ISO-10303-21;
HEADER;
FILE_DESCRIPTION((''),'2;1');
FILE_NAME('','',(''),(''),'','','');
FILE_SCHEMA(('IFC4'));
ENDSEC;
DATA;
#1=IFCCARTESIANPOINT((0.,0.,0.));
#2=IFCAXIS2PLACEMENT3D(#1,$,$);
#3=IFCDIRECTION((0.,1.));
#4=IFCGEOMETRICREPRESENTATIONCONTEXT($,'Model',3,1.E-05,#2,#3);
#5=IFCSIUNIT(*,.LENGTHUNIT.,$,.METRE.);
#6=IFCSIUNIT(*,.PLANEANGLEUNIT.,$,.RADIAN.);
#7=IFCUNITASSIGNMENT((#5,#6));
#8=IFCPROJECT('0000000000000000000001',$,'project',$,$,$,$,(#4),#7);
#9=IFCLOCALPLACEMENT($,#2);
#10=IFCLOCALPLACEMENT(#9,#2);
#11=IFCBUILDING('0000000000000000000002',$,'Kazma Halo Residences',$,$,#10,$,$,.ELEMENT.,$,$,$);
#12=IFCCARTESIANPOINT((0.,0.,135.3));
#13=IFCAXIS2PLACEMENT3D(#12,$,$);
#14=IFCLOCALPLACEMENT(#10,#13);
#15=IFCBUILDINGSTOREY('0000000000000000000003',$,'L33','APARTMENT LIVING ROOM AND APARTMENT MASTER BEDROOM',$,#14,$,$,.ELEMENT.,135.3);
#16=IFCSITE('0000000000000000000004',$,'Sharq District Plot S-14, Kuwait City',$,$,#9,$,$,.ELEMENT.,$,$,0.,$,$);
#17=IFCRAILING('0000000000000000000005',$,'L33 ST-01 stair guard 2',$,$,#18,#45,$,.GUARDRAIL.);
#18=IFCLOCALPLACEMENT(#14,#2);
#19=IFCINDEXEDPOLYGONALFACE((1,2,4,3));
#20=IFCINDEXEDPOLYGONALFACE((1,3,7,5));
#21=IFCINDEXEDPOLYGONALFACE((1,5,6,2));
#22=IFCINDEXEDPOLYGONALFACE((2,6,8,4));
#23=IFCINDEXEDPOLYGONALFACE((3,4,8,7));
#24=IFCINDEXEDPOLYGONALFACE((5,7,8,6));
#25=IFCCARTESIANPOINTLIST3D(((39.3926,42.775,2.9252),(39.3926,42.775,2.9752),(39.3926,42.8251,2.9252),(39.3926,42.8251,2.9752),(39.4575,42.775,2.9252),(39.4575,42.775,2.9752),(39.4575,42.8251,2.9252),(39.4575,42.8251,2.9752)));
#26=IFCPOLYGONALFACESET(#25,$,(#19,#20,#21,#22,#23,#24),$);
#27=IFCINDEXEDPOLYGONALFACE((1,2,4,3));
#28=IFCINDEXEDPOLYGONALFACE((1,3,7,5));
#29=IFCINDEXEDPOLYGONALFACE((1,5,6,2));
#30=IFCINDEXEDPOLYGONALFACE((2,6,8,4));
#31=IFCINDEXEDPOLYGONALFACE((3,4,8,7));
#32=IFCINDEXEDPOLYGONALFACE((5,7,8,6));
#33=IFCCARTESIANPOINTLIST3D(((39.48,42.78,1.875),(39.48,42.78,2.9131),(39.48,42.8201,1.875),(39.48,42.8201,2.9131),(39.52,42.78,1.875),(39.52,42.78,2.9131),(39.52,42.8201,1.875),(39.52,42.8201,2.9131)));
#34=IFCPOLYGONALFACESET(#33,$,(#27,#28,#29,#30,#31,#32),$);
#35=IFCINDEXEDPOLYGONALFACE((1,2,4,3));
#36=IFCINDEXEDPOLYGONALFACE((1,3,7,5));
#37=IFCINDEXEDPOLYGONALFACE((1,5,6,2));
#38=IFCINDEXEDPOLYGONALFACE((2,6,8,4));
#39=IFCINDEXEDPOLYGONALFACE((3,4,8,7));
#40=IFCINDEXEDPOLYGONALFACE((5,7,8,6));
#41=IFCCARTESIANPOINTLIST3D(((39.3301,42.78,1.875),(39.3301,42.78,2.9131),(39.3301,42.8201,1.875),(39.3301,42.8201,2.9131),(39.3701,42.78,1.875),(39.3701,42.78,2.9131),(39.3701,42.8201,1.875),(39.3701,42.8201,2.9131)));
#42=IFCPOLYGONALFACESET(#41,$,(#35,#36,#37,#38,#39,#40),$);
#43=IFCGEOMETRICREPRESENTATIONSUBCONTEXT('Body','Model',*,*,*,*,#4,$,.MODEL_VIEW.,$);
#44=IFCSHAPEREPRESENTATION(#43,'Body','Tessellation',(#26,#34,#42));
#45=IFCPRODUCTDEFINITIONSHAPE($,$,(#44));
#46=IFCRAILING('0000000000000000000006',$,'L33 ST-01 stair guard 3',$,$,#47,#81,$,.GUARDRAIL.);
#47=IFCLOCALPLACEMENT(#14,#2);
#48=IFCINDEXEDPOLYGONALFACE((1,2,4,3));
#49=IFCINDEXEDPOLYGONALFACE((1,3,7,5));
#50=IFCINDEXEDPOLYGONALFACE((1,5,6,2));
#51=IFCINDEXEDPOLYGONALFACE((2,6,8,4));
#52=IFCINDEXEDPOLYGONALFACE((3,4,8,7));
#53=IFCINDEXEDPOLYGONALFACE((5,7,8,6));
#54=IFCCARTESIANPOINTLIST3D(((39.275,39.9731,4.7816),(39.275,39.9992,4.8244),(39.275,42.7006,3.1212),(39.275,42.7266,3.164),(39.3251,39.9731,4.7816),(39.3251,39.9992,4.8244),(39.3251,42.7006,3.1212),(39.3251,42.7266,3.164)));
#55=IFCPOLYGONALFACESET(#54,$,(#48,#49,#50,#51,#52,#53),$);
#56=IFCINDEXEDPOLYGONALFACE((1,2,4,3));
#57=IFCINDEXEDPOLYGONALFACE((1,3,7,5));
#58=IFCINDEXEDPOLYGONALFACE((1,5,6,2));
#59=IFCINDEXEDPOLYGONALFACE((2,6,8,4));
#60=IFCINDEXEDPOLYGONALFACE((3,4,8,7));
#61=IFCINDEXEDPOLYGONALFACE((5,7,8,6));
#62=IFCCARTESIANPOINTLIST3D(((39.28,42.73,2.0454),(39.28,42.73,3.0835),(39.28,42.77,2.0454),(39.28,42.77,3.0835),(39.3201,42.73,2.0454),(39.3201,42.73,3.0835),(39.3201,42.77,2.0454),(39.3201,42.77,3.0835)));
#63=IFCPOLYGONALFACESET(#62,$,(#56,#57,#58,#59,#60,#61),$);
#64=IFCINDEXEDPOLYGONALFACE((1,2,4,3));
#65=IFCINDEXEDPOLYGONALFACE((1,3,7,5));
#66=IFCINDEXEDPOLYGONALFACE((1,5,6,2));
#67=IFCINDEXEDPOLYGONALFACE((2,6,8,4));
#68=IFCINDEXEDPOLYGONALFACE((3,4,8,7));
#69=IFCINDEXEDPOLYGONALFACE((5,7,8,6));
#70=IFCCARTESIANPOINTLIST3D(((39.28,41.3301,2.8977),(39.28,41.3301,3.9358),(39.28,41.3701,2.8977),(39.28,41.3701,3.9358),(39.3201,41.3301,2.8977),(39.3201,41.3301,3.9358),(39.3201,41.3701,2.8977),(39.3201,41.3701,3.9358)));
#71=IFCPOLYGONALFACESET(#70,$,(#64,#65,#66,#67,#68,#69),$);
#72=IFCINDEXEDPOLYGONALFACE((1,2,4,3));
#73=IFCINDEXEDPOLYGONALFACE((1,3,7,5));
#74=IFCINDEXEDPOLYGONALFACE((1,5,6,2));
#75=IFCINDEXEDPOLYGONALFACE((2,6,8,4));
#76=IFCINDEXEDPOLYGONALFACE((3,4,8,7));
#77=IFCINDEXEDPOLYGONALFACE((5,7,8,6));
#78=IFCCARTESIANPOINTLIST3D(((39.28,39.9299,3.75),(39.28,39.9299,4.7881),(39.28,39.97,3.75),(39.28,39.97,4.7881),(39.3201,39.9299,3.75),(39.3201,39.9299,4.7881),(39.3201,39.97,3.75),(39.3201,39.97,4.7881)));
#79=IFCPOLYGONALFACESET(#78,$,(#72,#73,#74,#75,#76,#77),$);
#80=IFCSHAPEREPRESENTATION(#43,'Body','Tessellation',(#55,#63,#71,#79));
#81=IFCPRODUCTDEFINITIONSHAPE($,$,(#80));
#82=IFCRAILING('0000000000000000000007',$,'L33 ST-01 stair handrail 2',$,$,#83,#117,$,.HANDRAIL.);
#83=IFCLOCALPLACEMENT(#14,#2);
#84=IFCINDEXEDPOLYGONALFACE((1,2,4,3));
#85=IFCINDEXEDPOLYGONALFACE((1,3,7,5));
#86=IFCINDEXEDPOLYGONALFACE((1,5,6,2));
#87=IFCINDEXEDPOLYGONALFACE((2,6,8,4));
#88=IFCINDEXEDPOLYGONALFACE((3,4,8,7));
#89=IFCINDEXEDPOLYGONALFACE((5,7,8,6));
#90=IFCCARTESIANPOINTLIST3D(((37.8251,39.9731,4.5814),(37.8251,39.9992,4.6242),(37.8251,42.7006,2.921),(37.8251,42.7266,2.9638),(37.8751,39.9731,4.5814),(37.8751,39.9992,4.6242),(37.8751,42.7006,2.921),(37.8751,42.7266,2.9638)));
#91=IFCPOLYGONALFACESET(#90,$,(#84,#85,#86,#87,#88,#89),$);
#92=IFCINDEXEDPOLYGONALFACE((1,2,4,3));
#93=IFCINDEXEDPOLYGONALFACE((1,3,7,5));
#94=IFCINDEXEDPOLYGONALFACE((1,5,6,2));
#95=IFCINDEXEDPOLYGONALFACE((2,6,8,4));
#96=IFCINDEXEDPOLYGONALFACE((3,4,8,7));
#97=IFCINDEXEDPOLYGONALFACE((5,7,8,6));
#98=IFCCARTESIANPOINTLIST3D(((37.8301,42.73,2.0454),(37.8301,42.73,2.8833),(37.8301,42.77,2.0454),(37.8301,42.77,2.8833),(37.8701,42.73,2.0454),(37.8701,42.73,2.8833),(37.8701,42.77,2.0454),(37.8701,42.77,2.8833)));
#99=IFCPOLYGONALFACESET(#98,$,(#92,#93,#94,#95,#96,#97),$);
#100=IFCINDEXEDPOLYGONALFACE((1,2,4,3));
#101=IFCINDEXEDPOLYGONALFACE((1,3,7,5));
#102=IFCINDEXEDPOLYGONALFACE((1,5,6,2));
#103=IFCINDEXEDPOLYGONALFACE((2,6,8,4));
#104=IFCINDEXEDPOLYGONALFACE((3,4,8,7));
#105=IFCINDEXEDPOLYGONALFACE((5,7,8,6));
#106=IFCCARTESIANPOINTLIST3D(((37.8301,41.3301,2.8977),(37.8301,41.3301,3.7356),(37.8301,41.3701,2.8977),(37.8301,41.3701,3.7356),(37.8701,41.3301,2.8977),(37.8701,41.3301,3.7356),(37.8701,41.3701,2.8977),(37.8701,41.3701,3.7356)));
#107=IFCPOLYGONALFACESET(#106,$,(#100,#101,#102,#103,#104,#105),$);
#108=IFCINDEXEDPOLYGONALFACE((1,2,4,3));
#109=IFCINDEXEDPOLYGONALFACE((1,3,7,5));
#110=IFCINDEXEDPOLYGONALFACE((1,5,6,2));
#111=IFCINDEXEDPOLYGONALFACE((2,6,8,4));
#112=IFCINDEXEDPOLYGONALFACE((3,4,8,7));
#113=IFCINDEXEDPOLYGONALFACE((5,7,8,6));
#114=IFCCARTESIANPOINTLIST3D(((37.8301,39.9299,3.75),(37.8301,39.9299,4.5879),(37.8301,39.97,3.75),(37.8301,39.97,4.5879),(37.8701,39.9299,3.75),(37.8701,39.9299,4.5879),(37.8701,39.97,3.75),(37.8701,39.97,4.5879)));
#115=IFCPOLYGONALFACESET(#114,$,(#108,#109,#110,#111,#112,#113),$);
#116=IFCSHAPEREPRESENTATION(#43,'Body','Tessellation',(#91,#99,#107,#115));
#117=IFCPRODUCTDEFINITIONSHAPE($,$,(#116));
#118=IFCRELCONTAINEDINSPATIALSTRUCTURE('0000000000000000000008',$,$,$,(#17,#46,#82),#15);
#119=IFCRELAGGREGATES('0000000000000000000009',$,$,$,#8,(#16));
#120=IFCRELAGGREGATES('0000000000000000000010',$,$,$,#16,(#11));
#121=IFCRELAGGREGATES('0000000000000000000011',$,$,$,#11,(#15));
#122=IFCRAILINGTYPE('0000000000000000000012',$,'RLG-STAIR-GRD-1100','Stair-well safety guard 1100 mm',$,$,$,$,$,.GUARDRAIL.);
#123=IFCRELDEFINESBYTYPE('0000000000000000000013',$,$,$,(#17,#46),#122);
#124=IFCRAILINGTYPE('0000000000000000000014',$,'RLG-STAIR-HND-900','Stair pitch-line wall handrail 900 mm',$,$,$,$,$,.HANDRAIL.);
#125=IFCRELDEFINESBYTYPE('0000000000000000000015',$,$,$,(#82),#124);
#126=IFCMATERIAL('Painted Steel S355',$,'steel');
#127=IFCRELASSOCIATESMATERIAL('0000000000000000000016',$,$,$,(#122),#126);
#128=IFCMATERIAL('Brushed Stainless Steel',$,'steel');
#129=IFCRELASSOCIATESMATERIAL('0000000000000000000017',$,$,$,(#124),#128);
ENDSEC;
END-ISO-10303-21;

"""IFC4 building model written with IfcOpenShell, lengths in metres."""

from ifc_helpers import new_model, si_unit, direction, frame, origin, origin_2d, place, context, subcontext, project, spatial, rectangle, extrude, material, type_object, element, save


model = new_model("IFC4")

# Units and contexts
model_context = context("Model", 3, precision=1e-05, world=origin(), true_north=direction((0.0, 1.0)))
body_context = subcontext(model_context, "Body", "Model", "MODEL_VIEW")
ifc_project = project(units=[si_unit("LENGTHUNIT", "METRE"), si_unit("PLANEANGLEUNIT", "RADIAN")], contexts=[model_context])

# Site, building, storey
site_placement = place(None, origin())
site = spatial("IfcSite", under=ifc_project, at=site_placement, Name="Sharq District Plot S-14, Kuwait City", CompositionType="ELEMENT", RefElevation=0.0)
building_placement = place(site_placement, origin())
building = spatial("IfcBuilding", under=site, at=building_placement, Name="Kazma Halo Residences", CompositionType="ELEMENT")
storey_placement = place(building_placement, frame((0.0, 0.0, 135.3)))
storey = spatial("IfcBuildingStorey", under=building, at=storey_placement, Name="L33", Description="APARTMENT LIVING ROOM AND APARTMENT MASTER BEDROOM", CompositionType="ELEMENT", Elevation=135.3)

# Railings
ifc_material_1 = material(Name="Painted Steel S355", Category="steel")
railing_type_1 = type_object("IfcRailingType", Name="RLG-STAIR-GRD-1100", Description="Stair-well safety guard 1100 mm", PredefinedType="GUARDRAIL", material=ifc_material_1)
railing_1_placement = place(storey_placement, frame((39.5, 42.8, 1.875)))
element("IfcRailing", 1, at=railing_1_placement, inside=storey, type_object=railing_type_1, Name="L33 ST-01 stair guard 2", PredefinedType="GUARDRAIL", context=body_context, shape_type="SweptSolid", body=[
    extrude(rectangle(XDim=0.05, YDim=0.05, at=origin_2d()), frame((-0.0425, 0.0, 1.0752), z_axis=(-1.0, 0.0, 0.0), x_axis=(0.0, -1.0, 0.0)), (0.0, 0.0, 1.0), 0.0649),
    extrude(rectangle(XDim=0.04, YDim=0.04, at=origin_2d()), origin(), (0.0, 0.0, 1.0), 1.0381),
    extrude(rectangle(XDim=0.04, YDim=0.04, at=origin_2d()), frame((-0.1499, 0.0, 0.0)), (0.0, 0.0, 1.0), 1.0381),
])
railing_2_placement = place(storey_placement, frame((39.3, 42.75, 2.0454)))
element("IfcRailing", 2, at=railing_2_placement, inside=storey, type_object=railing_type_1, Name="L33 ST-01 stair guard 3", PredefinedType="GUARDRAIL", context=body_context, shape_type="SweptSolid", body=[
    extrude(rectangle(XDim=0.05, YDim=0.05, at=origin_2d()), frame((0.0, -0.0364, 1.0972), z_axis=(0.0, -0.85417, 0.519994), x_axis=(1.0, 0.0, 0.0)), (0.0, 0.0, 1.0), 3.1931),
    extrude(rectangle(XDim=0.04, YDim=0.04, at=origin_2d()), origin(), (0.0, 0.0, 1.0), 1.0381),
    extrude(rectangle(XDim=0.04, YDim=0.04, at=origin_2d()), frame((0.0, -1.3999, 0.8523)), (0.0, 0.0, 1.0), 1.0381),
    extrude(rectangle(XDim=0.04, YDim=0.04, at=origin_2d()), frame((0.0, -2.8, 1.7046)), (0.0, 0.0, 1.0), 1.0381),
])
ifc_material_2 = material(Name="Brushed Stainless Steel", Category="steel")
railing_type_2 = type_object("IfcRailingType", Name="RLG-STAIR-HND-900", Description="Stair pitch-line wall handrail 900 mm", PredefinedType="HANDRAIL", material=ifc_material_2)
railing_3_placement = place(storey_placement, frame((37.8501, 42.75, 2.0454)))
element("IfcRailing", 3, at=railing_3_placement, inside=storey, type_object=railing_type_2, Name="L33 ST-01 stair handrail 2", PredefinedType="HANDRAIL", context=body_context, shape_type="SweptSolid", body=[
    extrude(rectangle(XDim=0.05, YDim=0.05, at=origin_2d()), frame((0.0, -0.0364, 0.897), z_axis=(0.0, -0.85417, 0.519994), x_axis=(1.0, 0.0, 0.0)), (0.0, 0.0, 1.0), 3.1931),
    extrude(rectangle(XDim=0.04, YDim=0.04, at=origin_2d()), origin(), (0.0, 0.0, 1.0), 0.8379),
    extrude(rectangle(XDim=0.04, YDim=0.04, at=origin_2d()), frame((0.0, -1.3999, 0.8523)), (0.0, 0.0, 1.0), 0.8379),
    extrude(rectangle(XDim=0.04, YDim=0.04, at=origin_2d()), frame((0.0, -2.8, 1.7046)), (0.0, 0.0, 1.0), 0.8379),
])

save(model, "model.ifc")
